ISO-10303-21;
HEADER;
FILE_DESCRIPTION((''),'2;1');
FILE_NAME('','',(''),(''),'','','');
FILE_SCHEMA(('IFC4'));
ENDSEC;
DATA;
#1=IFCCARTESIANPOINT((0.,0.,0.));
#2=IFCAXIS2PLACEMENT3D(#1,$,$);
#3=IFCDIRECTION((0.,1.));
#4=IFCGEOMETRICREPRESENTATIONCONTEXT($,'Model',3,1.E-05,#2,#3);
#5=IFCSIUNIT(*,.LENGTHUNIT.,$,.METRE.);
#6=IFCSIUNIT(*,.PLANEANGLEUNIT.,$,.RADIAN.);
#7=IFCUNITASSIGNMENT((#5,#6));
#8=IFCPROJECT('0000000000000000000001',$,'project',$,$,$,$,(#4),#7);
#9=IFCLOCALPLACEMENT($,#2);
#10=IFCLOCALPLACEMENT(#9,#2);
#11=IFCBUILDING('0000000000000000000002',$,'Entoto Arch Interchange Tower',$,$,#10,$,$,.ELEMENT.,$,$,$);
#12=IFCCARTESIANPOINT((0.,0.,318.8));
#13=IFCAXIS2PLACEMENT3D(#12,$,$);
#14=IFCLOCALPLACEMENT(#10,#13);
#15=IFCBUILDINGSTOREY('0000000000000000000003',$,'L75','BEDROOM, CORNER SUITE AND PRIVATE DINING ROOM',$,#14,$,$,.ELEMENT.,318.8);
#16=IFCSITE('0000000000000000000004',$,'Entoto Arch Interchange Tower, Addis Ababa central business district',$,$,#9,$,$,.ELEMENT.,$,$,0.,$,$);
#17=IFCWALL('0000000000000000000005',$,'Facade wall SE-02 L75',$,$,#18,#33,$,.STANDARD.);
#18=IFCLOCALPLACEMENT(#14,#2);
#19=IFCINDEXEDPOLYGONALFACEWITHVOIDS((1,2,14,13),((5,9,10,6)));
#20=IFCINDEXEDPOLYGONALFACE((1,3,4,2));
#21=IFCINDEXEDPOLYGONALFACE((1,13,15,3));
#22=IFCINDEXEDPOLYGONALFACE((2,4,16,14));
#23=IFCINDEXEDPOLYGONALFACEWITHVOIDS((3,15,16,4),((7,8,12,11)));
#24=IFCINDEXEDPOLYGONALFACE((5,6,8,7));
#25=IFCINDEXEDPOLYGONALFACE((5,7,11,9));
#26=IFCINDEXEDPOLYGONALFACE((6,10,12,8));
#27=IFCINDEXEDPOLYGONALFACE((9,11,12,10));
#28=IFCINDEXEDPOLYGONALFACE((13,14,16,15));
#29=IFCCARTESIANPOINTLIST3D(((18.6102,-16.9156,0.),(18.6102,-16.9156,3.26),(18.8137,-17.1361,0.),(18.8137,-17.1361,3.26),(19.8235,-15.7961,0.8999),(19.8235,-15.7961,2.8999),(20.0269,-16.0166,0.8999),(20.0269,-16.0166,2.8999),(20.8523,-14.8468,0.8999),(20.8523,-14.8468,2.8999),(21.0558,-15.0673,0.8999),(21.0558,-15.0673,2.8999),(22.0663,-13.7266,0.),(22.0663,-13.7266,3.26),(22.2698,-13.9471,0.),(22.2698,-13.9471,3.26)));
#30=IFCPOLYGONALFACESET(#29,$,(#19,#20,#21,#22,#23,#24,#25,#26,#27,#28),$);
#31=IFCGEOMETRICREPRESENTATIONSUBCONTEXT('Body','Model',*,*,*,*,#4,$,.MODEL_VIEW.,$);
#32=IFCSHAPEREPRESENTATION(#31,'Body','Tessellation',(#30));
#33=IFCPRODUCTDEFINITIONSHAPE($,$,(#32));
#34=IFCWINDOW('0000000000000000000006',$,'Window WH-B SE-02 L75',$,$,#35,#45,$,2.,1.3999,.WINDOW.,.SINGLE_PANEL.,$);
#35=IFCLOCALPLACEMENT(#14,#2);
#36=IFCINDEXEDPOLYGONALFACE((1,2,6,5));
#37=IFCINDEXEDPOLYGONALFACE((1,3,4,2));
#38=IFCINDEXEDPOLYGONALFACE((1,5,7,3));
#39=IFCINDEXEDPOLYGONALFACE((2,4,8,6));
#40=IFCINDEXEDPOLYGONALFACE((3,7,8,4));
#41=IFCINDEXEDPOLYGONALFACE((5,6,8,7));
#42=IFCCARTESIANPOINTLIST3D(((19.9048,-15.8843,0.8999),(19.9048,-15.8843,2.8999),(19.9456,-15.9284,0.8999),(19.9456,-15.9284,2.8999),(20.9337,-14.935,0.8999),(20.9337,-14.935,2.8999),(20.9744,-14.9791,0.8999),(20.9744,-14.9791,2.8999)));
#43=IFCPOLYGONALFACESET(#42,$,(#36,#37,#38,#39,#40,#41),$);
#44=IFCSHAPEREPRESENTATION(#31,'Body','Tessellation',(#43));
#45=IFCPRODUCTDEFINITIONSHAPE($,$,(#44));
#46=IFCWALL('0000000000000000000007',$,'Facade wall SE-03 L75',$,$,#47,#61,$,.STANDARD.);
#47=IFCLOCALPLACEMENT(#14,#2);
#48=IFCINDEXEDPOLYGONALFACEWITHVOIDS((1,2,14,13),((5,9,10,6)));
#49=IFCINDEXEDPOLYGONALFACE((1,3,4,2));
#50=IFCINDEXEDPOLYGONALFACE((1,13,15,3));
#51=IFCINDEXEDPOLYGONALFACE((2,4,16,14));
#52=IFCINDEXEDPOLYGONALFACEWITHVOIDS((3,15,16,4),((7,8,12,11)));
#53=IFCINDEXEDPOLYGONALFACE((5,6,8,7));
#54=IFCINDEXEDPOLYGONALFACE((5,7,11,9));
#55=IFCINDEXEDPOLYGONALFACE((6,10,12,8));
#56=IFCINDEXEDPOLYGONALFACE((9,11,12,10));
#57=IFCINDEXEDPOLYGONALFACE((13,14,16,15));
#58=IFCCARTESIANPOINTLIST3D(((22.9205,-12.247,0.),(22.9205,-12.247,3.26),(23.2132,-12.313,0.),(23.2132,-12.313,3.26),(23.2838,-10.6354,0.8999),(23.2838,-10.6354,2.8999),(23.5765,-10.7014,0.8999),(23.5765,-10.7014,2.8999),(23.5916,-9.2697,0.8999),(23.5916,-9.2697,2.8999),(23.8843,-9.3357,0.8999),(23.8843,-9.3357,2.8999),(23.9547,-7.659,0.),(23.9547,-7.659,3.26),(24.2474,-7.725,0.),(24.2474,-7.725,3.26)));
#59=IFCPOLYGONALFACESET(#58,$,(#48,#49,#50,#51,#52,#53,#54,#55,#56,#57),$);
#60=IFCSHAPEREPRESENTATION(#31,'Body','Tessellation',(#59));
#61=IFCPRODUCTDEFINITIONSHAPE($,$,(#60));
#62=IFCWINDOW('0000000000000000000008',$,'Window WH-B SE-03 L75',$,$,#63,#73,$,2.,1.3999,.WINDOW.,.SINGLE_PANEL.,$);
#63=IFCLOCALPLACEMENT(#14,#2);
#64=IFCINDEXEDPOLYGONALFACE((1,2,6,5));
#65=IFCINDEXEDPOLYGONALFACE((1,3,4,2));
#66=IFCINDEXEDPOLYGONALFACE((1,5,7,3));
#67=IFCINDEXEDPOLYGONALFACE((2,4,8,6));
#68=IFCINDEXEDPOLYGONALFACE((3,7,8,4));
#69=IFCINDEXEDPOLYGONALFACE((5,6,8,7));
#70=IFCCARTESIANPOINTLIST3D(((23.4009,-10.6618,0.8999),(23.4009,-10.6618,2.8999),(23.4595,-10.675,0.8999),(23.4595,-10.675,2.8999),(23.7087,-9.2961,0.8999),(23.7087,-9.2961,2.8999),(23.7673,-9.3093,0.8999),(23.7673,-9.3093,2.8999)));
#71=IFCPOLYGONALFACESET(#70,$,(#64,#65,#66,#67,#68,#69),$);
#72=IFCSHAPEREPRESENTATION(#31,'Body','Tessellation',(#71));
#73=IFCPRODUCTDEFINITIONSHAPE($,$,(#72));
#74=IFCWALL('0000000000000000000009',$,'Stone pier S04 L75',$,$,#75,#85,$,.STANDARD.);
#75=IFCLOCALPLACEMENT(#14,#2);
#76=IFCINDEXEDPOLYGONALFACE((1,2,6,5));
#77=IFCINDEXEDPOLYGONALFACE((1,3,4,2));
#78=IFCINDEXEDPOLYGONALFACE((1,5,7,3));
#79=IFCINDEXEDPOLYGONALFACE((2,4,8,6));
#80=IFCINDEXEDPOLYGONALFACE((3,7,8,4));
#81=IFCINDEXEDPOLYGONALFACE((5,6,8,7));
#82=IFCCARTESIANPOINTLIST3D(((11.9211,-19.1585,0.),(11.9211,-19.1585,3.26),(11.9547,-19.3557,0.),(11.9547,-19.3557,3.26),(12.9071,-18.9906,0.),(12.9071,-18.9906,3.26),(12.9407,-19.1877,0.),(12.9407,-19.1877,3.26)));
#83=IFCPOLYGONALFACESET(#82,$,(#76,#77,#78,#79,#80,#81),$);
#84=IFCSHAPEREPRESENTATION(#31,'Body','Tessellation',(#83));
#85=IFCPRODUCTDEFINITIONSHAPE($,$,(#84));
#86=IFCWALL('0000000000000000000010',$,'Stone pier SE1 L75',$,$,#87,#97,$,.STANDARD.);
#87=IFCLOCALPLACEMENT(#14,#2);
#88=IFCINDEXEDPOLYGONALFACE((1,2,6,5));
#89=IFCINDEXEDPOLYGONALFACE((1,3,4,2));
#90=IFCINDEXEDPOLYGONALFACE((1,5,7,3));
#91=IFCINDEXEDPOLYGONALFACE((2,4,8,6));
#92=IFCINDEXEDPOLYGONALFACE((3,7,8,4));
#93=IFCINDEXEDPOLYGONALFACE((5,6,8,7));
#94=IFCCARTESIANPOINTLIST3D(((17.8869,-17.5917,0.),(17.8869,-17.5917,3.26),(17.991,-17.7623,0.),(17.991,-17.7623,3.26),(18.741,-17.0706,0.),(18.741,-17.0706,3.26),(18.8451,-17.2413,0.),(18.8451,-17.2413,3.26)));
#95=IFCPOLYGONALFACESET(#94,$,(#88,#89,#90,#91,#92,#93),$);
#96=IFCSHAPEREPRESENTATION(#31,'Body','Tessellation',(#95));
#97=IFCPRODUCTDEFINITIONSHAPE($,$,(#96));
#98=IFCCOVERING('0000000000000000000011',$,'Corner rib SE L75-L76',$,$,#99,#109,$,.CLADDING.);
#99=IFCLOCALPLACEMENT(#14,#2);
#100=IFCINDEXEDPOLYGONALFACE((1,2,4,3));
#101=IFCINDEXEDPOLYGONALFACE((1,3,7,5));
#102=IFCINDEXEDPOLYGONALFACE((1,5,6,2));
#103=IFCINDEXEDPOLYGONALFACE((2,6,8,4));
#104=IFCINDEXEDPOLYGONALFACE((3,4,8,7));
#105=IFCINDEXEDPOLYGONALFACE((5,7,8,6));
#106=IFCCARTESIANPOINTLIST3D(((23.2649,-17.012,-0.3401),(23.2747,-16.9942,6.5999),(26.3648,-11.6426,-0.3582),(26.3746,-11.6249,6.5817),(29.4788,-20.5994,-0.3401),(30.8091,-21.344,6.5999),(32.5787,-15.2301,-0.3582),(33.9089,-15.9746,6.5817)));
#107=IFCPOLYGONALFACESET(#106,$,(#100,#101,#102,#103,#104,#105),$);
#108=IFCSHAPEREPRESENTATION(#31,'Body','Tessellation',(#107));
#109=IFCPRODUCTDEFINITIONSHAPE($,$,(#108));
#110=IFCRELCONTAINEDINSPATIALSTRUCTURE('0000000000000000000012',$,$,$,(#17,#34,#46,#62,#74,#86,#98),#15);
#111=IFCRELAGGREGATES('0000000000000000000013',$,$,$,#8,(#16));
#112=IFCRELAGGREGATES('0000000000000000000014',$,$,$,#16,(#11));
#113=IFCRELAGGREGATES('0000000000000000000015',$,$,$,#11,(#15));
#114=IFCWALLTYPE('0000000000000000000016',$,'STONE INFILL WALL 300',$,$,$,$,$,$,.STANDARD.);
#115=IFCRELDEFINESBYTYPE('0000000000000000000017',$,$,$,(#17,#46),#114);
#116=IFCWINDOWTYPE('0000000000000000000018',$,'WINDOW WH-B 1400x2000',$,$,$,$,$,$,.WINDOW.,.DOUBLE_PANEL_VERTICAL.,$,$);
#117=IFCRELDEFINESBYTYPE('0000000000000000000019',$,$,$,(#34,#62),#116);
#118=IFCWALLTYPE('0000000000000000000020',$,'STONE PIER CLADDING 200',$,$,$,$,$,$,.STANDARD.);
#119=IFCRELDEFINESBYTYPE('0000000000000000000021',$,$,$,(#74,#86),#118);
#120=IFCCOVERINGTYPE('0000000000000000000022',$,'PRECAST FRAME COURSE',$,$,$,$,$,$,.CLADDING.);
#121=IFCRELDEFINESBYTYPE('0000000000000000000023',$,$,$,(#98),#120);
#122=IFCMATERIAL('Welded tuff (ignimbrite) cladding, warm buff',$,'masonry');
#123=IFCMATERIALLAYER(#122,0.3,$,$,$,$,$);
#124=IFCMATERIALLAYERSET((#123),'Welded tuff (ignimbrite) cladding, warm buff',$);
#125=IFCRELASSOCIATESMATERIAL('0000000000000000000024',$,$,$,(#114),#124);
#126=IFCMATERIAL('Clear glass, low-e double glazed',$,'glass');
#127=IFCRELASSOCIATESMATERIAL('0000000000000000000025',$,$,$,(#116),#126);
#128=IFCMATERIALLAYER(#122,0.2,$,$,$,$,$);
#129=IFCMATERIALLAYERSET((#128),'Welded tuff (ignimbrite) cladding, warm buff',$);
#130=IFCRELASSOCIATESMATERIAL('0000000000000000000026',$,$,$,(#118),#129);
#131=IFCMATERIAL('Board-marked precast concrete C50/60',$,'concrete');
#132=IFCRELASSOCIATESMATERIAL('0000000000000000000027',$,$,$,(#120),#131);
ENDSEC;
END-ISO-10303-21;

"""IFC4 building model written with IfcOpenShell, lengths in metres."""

from ifc_helpers import new_model, si_unit, direction, frame, frame_2d, origin, place, context, subcontext, project, spatial, polyline, rectangle, outline, extrude, material, layer, layer_set, type_object, element, fill, save


model = new_model("IFC4")

# Units and contexts
model_context = context("Model", 3, precision=1e-05, world=origin(), true_north=direction((0.0, 1.0)))
body_context = subcontext(model_context, "Body", "Model", "MODEL_VIEW")
ifc_project = project(units=[si_unit("LENGTHUNIT", "METRE"), si_unit("PLANEANGLEUNIT", "RADIAN")], contexts=[model_context])

# Site, building, storey
site_placement = place(None, origin())
site = spatial("IfcSite", under=ifc_project, at=site_placement, Name="Entoto Arch Interchange Tower, Addis Ababa central business district", CompositionType="ELEMENT", RefElevation=0.0)
building_placement = place(site_placement, origin())
building = spatial("IfcBuilding", under=site, at=building_placement, Name="Entoto Arch Interchange Tower", CompositionType="ELEMENT")
storey_placement = place(building_placement, frame((0.0, 0.0, 318.8)))
storey = spatial("IfcBuildingStorey", under=building, at=storey_placement, Name="L75", Description="BEDROOM, CORNER SUITE AND PRIVATE DINING ROOM", CompositionType="ELEMENT", Elevation=318.8)

# Shared definitions
ifc_material_1 = material(Name="Welded tuff (ignimbrite) cladding, warm buff", Category="masonry")
ifc_layer_1 = layer(ifc_material_1, 0.3)
ifc_layer_set_1 = layer_set([ifc_layer_1], Name="Welded tuff (ignimbrite) cladding, warm buff")
wall_type_1 = type_object("IfcWallType", Name="STONE INFILL WALL 300", PredefinedType="STANDARD", material=ifc_layer_set_1)
ifc_material_2 = material(Name="Clear glass, low-e double glazed", Category="glass")
window_type = type_object("IfcWindowType", Name="WINDOW WH-B 1400x2000", PartitioningType="DOUBLE_PANEL_VERTICAL", PredefinedType="WINDOW", material=ifc_material_2)

# Walls, openings, windows
wall_1_placement = place(storey_placement, frame((18.7119, -17.0259, 0.0), z_axis=(0.0, 0.0, 1.0), x_axis=(0.734935, 0.678138, 0.0)))
wall_1 = element("IfcWall", 1, at=wall_1_placement, inside=storey, type_object=wall_type_1, Name="Facade wall SE-02 L75", PredefinedType="STANDARD", context=body_context, shape_type="SweptSolid", body=[
    extrude(rectangle(XDim=4.7026, YDim=0.3, at=frame_2d((2.3513, 0.0))), origin(), (0.0, 0.0, 1.0), 3.26),
])
opening_1_placement = place(wall_1_placement, frame((1.6509, 0.0, 0.8999)))
opening_1 = element("IfcOpeningElement", 2, at=opening_1_placement, cuts=wall_1, PredefinedType="OPENING", context=body_context, shape_type="SweptSolid", body=[
    extrude(rectangle(XDim=1.3999, YDim=2.0, at=frame_2d((0.7, 1.0))), frame((0.0, 0.1602, 0.0), z_axis=(0.0, -1.0, 0.0), x_axis=(1.0, 0.0, 0.0)), (0.0, 0.0, 1.0), 0.3201),
])
window_1_placement = place(opening_1_placement, origin())
window_1 = element("IfcWindow", 3, at=window_1_placement, inside=storey, type_object=window_type, Name="Window WH-B SE-02 L75", OverallHeight=2.0, OverallWidth=1.3999, PartitioningType="SINGLE_PANEL", PredefinedType="WINDOW", context=body_context, shape_type="SweptSolid", body=[
    extrude(rectangle(XDim=1.3999, YDim=2.0, at=frame_2d((0.7, 1.0))), frame((0.0, 0.03, 0.0), z_axis=(0.0, -1.0, 0.0), x_axis=(1.0, 0.0, 0.0)), (0.0, 0.0, 1.0), 0.0601),
])
fill(opening_1, window_1)
wall_2_placement = place(storey_placement, frame((23.0669, -12.28, 0.0), z_axis=(0.0, 0.0, 1.0), x_axis=(0.219886, 0.975525, 0.0)))
wall_2 = element("IfcWall", 4, at=wall_2_placement, inside=storey, type_object=wall_type_1, Name="Facade wall SE-03 L75", PredefinedType="STANDARD", context=body_context, shape_type="SweptSolid", body=[
    extrude(rectangle(XDim=4.7031, YDim=0.3, at=frame_2d((2.3516, 0.0))), origin(), (0.0, 0.0, 1.0), 3.26),
])
opening_2_placement = place(wall_2_placement, frame((1.6521, 0.0, 0.8999)))
opening_2 = element("IfcOpeningElement", 5, at=opening_2_placement, cuts=wall_2, PredefinedType="OPENING", context=body_context, shape_type="SweptSolid", body=[
    extrude(rectangle(XDim=1.3999, YDim=2.0, at=frame_2d((0.7, 1.0))), frame((0.0, 0.1602, 0.0), z_axis=(0.0, -1.0, 0.0), x_axis=(1.0, 0.0, 0.0)), (0.0, 0.0, 1.0), 0.3201),
])
window_2_placement = place(opening_2_placement, origin())
window_2 = element("IfcWindow", 6, at=window_2_placement, inside=storey, type_object=window_type, Name="Window WH-B SE-03 L75", OverallHeight=2.0, OverallWidth=1.3999, PartitioningType="SINGLE_PANEL", PredefinedType="WINDOW", context=body_context, shape_type="SweptSolid", body=[
    extrude(rectangle(XDim=1.3999, YDim=2.0, at=frame_2d((0.7, 1.0))), frame((0.0, 0.03, 0.0), z_axis=(0.0, -1.0, 0.0), x_axis=(1.0, 0.0, 0.0)), (0.0, 0.0, 1.0), 0.0601),
])
fill(opening_2, window_2)

# Walls
ifc_layer_2 = layer(ifc_material_1, 0.2)
ifc_layer_set_2 = layer_set([ifc_layer_2], Name="Welded tuff (ignimbrite) cladding, warm buff")
wall_type_2 = type_object("IfcWallType", Name="STONE PIER CLADDING 200", PredefinedType="STANDARD", material=ifc_layer_set_2)
wall_3_placement = place(storey_placement, frame((11.938, -19.2571, 0.0), z_axis=(0.0, 0.0, 1.0), x_axis=(0.985801, 0.16792, 0.0)))
element("IfcWall", 7, at=wall_3_placement, inside=storey, type_object=wall_type_2, Name="Stone pier S04 L75", PredefinedType="STANDARD", context=body_context, shape_type="SweptSolid", body=[
    extrude(rectangle(XDim=1.0002, YDim=0.2, at=frame_2d((0.5, 0.0))), origin(), (0.0, 0.0, 1.0), 3.26),
])
wall_4_placement = place(storey_placement, frame((17.939, -17.677, 0.0), z_axis=(0.0, 0.0, 1.0), x_axis=(0.85368, 0.520798, 0.0)))
element("IfcWall", 8, at=wall_4_placement, inside=storey, type_object=wall_type_2, Name="Stone pier SE1 L75", PredefinedType="STANDARD", context=body_context, shape_type="SweptSolid", body=[
    extrude(rectangle(XDim=1.0005, YDim=0.2, at=frame_2d((0.5002, 0.0))), origin(), (0.0, 0.0, 1.0), 3.26),
])

# Covering
ifc_material_3 = material(Name="Board-marked precast concrete C50/60", Category="concrete")
covering_type = type_object("IfcCoveringType", Name="PRECAST FRAME COURSE", PredefinedType="CLADDING", material=ifc_material_3)
covering_placement = place(storey_placement, frame((23.2649, -17.012, -0.3401), z_axis=(-0.499983, -0.866031, 0.002924), x_axis=(0.866034, -0.499985, 0.0)))
element("IfcCovering", 9, at=covering_placement, inside=storey, type_object=covering_type, Name="Corner rib SE L75-L76", PredefinedType="CLADDING", context=body_context, shape_type="SweptSolid", body=[
    extrude(outline(polyline([(0.0, 0.0), (7.1752, 0.0), (8.6995, 6.94), (-0.0004, 6.94), (0.0, 0.0)])), origin(), (0.0, 0.0, -1.0), 6.2),
])

save(model, "model.ifc")
